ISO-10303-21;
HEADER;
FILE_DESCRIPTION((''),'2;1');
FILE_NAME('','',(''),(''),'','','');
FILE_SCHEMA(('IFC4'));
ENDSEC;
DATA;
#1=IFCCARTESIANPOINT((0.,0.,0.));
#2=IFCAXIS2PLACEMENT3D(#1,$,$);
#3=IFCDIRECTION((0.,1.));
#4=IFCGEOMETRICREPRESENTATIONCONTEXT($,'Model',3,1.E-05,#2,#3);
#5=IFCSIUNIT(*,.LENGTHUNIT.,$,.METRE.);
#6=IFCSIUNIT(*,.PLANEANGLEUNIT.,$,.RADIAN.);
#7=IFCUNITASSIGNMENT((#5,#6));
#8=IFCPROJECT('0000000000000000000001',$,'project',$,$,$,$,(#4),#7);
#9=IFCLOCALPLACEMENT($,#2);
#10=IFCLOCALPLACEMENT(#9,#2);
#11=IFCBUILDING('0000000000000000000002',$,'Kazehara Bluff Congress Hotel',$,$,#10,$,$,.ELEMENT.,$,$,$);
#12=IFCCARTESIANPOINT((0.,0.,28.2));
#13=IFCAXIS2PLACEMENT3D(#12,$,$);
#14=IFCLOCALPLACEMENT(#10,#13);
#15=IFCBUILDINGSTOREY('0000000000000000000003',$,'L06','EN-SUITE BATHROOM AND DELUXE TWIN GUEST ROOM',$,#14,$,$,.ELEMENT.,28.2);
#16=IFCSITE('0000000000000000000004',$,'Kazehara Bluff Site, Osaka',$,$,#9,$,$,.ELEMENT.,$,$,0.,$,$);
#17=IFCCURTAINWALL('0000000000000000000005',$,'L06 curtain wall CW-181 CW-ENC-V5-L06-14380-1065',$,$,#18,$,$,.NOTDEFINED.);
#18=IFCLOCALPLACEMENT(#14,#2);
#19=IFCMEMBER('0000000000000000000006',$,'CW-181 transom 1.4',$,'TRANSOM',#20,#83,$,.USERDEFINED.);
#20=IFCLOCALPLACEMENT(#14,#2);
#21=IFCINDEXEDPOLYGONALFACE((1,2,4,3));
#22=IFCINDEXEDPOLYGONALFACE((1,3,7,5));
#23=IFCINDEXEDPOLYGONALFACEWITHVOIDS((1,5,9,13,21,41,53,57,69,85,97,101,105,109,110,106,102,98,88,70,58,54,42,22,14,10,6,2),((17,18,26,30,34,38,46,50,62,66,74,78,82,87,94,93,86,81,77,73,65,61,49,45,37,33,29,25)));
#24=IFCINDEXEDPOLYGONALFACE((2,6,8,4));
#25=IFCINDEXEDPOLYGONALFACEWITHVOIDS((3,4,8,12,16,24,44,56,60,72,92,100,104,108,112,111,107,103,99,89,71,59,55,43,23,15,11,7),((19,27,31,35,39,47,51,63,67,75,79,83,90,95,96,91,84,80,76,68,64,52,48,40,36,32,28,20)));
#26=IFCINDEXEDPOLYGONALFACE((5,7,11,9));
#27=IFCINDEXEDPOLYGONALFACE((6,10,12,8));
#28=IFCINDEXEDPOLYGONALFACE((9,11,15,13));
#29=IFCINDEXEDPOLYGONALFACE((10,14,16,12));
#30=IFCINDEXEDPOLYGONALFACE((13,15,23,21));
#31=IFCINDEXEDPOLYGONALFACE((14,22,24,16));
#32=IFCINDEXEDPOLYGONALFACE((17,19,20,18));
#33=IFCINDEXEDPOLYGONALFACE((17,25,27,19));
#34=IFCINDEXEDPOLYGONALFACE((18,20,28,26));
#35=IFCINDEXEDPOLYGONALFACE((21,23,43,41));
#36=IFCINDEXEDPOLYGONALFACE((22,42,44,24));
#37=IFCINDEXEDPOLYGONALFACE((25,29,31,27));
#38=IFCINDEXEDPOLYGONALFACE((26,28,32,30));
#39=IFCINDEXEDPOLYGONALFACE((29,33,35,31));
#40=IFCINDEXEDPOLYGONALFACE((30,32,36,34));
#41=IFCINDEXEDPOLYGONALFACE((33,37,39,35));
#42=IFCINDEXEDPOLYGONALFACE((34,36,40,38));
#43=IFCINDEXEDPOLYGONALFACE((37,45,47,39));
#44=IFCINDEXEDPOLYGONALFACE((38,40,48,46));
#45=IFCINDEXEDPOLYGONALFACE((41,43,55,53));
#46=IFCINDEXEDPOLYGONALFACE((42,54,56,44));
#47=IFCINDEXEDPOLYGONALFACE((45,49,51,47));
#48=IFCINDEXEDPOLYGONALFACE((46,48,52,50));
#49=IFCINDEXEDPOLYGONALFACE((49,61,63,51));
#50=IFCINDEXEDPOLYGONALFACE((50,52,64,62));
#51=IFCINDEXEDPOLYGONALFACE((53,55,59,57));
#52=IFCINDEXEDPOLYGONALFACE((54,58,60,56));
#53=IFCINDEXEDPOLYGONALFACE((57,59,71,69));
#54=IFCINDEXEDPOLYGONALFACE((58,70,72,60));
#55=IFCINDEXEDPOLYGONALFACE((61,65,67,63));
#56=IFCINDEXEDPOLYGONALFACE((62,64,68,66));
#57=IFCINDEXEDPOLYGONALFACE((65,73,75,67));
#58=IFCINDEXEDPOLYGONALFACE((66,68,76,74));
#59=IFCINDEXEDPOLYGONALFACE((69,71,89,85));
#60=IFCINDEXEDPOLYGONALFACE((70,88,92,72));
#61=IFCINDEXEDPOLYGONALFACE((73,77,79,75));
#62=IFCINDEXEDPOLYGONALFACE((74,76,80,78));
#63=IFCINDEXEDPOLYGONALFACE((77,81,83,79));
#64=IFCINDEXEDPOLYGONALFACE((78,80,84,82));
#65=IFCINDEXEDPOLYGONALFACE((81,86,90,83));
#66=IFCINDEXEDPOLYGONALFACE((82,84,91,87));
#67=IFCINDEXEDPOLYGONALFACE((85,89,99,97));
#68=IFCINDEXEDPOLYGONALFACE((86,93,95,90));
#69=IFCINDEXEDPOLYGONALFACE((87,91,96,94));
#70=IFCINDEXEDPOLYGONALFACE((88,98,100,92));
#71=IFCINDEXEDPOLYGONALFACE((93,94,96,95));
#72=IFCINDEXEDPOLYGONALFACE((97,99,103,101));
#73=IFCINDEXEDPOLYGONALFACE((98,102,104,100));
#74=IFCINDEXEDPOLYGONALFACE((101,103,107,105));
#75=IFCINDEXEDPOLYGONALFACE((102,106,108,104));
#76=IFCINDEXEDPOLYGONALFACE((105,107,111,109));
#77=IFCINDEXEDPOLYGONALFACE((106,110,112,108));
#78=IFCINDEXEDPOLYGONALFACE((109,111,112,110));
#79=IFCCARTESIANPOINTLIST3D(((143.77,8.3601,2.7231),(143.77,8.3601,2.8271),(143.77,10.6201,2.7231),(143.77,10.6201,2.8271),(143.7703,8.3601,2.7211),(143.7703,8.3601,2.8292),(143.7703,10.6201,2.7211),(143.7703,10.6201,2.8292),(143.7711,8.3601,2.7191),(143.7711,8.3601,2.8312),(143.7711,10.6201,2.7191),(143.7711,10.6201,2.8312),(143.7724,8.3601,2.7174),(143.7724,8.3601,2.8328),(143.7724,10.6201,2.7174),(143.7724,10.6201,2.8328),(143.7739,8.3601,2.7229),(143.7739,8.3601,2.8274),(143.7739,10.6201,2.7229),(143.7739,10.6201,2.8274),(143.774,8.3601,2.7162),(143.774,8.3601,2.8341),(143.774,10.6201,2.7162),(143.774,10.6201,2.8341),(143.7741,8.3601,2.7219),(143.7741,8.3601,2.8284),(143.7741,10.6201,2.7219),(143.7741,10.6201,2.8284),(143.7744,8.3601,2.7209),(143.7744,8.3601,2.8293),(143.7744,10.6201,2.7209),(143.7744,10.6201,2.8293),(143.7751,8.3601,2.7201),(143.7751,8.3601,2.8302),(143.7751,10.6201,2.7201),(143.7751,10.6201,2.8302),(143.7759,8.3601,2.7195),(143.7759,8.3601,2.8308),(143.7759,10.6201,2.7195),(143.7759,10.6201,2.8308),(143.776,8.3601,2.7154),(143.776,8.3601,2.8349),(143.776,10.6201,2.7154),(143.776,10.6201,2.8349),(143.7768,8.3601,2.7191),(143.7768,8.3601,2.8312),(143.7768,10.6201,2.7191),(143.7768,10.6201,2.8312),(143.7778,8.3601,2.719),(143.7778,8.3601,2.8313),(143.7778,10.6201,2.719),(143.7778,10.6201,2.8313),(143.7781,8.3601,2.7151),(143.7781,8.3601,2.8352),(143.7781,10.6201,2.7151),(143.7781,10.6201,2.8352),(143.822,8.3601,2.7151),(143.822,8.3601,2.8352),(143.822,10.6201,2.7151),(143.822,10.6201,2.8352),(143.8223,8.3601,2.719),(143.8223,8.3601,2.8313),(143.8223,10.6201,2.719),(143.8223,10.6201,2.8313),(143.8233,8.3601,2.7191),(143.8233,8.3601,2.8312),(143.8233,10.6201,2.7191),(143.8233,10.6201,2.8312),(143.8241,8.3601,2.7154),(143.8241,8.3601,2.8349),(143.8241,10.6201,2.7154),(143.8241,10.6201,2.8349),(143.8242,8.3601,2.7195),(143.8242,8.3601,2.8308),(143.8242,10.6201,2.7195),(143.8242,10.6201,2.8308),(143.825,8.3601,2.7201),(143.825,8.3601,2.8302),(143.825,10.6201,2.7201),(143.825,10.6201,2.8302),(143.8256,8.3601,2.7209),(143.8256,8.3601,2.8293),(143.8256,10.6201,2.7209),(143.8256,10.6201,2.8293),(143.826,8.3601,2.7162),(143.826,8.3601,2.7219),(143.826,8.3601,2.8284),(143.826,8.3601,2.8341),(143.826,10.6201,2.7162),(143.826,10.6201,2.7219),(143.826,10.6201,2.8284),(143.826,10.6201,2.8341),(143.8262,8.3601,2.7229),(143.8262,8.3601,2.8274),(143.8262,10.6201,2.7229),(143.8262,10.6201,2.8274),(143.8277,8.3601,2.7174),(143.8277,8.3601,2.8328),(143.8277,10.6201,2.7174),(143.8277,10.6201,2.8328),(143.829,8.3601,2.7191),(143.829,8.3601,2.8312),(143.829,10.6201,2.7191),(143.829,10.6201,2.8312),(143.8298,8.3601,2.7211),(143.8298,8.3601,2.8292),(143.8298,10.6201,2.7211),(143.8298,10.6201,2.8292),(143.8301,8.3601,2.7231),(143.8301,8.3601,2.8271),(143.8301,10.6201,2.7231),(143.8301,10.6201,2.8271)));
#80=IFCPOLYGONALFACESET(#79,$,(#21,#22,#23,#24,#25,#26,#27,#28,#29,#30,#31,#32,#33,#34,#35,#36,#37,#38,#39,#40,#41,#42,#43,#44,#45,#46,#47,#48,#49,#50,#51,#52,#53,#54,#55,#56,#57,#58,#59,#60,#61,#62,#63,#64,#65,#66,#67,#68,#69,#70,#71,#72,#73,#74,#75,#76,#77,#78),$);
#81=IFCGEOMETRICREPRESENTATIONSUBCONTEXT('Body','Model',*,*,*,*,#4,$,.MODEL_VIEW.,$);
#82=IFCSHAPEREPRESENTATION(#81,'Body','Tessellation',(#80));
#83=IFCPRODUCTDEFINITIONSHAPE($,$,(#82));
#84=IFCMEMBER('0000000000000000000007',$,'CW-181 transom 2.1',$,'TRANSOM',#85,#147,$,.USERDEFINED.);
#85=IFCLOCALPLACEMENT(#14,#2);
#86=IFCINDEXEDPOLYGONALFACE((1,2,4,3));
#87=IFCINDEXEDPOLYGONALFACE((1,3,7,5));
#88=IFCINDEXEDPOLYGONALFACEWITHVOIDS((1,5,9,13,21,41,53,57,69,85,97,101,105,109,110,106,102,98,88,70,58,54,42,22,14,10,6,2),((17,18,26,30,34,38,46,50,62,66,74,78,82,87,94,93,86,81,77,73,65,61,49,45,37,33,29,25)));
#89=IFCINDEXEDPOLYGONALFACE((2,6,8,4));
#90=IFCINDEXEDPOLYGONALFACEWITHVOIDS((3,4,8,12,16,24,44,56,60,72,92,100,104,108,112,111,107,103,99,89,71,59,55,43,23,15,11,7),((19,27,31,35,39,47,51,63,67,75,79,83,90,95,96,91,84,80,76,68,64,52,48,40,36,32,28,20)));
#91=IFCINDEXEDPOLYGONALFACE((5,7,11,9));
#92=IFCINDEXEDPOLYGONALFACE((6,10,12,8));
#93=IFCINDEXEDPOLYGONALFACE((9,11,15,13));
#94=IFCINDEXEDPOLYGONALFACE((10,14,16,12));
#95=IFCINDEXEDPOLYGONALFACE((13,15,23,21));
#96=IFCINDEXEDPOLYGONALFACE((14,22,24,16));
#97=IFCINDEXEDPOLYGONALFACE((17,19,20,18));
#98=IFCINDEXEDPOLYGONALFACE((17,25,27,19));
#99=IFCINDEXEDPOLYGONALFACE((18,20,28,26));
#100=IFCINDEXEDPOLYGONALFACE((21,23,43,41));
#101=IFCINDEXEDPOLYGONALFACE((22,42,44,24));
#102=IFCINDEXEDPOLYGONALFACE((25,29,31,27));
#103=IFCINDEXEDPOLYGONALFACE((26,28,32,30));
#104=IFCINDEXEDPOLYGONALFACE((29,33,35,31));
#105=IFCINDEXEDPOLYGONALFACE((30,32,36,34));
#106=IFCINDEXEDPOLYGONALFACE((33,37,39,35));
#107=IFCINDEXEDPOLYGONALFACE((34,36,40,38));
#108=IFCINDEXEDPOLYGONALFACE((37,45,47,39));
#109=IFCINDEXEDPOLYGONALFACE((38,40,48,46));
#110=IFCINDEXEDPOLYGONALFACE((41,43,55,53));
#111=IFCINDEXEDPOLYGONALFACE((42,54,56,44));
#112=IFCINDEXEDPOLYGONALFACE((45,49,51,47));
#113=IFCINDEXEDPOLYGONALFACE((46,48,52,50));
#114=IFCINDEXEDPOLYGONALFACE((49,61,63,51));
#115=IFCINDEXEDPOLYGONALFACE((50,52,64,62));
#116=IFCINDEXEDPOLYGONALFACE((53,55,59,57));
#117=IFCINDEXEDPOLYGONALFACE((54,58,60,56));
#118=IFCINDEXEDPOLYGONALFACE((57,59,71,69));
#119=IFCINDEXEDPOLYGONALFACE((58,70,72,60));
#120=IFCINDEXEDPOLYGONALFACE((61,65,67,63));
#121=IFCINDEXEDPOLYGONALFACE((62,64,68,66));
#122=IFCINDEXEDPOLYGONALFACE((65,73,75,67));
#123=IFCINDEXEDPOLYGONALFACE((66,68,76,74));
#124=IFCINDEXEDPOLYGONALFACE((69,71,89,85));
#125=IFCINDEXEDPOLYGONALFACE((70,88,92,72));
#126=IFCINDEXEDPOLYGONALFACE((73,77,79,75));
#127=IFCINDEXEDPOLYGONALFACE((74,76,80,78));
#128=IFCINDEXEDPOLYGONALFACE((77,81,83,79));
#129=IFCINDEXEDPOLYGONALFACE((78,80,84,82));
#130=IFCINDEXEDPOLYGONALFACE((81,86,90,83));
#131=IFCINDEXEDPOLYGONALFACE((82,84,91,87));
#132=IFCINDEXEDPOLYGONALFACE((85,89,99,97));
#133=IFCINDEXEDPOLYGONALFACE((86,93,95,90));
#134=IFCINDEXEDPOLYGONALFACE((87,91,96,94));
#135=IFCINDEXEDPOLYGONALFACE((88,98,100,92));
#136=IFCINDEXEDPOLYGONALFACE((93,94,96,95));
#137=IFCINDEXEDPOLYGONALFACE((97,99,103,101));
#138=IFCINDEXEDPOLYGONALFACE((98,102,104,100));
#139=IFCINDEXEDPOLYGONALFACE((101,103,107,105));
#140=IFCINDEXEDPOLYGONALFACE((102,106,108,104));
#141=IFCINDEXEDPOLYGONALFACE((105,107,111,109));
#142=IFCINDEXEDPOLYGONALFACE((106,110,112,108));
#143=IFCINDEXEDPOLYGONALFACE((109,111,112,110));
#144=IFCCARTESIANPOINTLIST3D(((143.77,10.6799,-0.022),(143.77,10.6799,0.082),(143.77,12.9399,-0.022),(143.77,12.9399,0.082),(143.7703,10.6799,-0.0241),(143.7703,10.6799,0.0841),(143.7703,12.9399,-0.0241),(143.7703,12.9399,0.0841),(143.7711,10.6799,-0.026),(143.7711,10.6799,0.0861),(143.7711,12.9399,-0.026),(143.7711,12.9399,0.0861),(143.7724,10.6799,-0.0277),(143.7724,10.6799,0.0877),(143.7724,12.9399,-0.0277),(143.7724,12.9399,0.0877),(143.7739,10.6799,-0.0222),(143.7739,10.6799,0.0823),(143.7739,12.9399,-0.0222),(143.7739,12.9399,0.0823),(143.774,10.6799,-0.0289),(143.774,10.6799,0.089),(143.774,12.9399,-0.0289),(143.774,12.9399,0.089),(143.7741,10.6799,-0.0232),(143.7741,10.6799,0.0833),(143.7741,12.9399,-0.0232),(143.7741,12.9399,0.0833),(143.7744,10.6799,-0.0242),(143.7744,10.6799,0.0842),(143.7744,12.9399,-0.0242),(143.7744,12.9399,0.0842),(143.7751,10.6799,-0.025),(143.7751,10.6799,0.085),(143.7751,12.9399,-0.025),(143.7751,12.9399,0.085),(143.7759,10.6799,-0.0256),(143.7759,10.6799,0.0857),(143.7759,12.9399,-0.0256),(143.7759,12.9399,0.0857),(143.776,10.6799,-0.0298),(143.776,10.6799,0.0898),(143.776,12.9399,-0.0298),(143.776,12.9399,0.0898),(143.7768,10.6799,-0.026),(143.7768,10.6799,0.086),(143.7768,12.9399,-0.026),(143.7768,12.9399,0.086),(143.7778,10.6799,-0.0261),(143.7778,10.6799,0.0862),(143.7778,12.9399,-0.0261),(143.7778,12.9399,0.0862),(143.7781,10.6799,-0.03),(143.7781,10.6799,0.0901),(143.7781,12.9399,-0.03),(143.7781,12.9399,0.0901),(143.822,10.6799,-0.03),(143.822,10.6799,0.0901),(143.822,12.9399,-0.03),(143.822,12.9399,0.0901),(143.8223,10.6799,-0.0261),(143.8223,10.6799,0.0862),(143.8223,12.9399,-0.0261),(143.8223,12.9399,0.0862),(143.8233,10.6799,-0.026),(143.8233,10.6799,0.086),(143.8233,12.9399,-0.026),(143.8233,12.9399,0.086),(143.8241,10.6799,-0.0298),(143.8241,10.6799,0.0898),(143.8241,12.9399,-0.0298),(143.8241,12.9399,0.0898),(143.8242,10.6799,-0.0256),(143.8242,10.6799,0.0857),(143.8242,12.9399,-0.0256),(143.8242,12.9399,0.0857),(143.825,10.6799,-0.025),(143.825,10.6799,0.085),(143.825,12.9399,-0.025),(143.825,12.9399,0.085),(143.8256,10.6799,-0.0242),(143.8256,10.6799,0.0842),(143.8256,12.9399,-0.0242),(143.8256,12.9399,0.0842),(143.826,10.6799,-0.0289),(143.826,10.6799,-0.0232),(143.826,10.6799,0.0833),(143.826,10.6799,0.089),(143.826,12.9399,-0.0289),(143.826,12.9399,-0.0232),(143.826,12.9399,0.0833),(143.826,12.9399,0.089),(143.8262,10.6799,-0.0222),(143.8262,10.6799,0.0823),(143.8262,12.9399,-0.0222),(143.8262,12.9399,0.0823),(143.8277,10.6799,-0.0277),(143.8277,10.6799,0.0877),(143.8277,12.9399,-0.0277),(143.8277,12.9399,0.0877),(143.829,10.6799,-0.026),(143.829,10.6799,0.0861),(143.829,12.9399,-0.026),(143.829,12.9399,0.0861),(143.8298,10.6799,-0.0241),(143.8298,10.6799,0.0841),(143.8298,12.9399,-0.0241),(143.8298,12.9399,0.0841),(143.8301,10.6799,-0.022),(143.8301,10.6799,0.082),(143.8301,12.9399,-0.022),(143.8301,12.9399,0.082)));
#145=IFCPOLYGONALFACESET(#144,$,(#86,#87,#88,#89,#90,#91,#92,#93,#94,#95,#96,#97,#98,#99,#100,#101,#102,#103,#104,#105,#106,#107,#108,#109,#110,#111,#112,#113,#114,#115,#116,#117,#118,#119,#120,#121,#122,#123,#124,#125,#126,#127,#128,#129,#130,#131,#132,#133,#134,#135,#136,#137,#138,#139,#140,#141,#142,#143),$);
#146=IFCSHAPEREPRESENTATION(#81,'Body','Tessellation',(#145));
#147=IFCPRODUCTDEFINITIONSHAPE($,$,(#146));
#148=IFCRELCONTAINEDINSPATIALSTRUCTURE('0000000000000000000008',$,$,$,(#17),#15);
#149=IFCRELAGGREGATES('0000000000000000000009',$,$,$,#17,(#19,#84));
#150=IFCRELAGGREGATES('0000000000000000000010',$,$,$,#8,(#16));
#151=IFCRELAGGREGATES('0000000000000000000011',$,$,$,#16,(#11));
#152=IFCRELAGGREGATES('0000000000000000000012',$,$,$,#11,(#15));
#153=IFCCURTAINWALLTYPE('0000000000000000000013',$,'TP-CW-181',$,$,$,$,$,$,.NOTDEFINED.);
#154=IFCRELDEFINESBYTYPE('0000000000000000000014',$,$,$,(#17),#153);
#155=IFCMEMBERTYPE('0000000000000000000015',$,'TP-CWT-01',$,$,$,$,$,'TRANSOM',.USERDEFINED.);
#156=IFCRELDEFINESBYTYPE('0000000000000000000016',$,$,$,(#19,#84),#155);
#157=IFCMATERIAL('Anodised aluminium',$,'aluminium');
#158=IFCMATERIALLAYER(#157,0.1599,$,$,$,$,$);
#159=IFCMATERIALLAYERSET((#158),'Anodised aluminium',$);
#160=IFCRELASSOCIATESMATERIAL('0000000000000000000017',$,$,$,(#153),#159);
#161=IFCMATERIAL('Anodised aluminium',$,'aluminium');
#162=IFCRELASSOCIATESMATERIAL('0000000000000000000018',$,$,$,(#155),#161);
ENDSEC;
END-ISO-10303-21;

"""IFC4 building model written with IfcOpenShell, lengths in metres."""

from ifc_helpers import new_model, si_unit, direction, frame, origin, origin_2d, place, context, subcontext, project, spatial, hollow_rectangle, extrude, material, layer, layer_set, material_profile, profile_set, type_object, element, aggregate, save


model = new_model("IFC4")

# Units and contexts
model_context = context("Model", 3, precision=1e-05, world=origin(), true_north=direction((0.0, 1.0)))
body_context = subcontext(model_context, "Body", "Model", "MODEL_VIEW")
ifc_project = project(units=[si_unit("LENGTHUNIT", "METRE"), si_unit("PLANEANGLEUNIT", "RADIAN")], contexts=[model_context])

# Site, building, storey
site_placement = place(None, origin())
site = spatial("IfcSite", under=ifc_project, at=site_placement, Name="Kazehara Bluff Site, Osaka", CompositionType="ELEMENT", RefElevation=0.0)
building_placement = place(site_placement, origin())
building = spatial("IfcBuilding", under=site, at=building_placement, Name="Kazehara Bluff Congress Hotel", CompositionType="ELEMENT")
storey_placement = place(building_placement, frame((0.0, 0.0, 28.2)))
storey = spatial("IfcBuildingStorey", under=building, at=storey_placement, Name="L06", Description="EN-SUITE BATHROOM AND DELUXE TWIN GUEST ROOM", CompositionType="ELEMENT", Elevation=28.2)

# Curtain wall
ifc_material_1 = material(Name="Anodised aluminium", Category="aluminium")
ifc_layer_1 = layer(ifc_material_1, 0.1599)
ifc_layer_set_1 = layer_set([ifc_layer_1], Name="Anodised aluminium")
curtain_wall_type_1 = type_object("IfcCurtainWallType", Name="TP-CW-181", PredefinedType="NOTDEFINED", material=ifc_layer_set_1)
curtain_wall_1_placement = place(storey_placement, origin())
curtain_wall_1 = element("IfcCurtainWall", 1, at=curtain_wall_1_placement, inside=storey, type_object=curtain_wall_type_1, Name="L06 curtain wall CW-181 CW-ENC-V5-L06-14380-1065", PredefinedType="NOTDEFINED")

# Members
ifc_material_2 = material(Name="Anodised aluminium", Category="aluminium")
ifc_material_profile_1 = material_profile(ifc_material_2, hollow_rectangle(XDim=0.0601, YDim=0.1201, WallThickness=0.0039, InnerFilletRadius=0.0039, OuterFilletRadius=0.0081, at=origin_2d()))
ifc_profile_set_1 = profile_set([ifc_material_profile_1], Name="Anodised aluminium")
member_type_1 = type_object("IfcMemberType", Name="TP-CWT-01", ElementType="TRANSOM", PredefinedType="USERDEFINED", material=ifc_profile_set_1)
member_1_placement = place(storey_placement, frame((143.8, 8.3601, 2.7751), z_axis=(0.0, 1.0, 0.0), x_axis=(-1.0, 0.0, 0.0)))
member_1 = element("IfcMember", 2, at=member_1_placement, type_object=member_type_1, Name="CW-181 transom 1.4", ObjectType="TRANSOM", PredefinedType="USERDEFINED", context=body_context, shape_type="SweptSolid", body=[
    extrude(hollow_rectangle(XDim=0.0601, YDim=0.1201, WallThickness=0.0039, InnerFilletRadius=0.0039, OuterFilletRadius=0.0081, at=origin_2d()), origin(), (0.0, 0.0, 1.0), 2.26),
])
member_2_placement = place(storey_placement, frame((143.8, 10.6799, 0.03), z_axis=(0.0, 1.0, 0.0), x_axis=(-1.0, 0.0, 0.0)))
member_2 = element("IfcMember", 3, at=member_2_placement, type_object=member_type_1, Name="CW-181 transom 2.1", ObjectType="TRANSOM", PredefinedType="USERDEFINED", context=body_context, shape_type="SweptSolid", body=[
    extrude(hollow_rectangle(XDim=0.0601, YDim=0.1201, WallThickness=0.0039, InnerFilletRadius=0.0039, OuterFilletRadius=0.0081, at=origin_2d()), origin(), (0.0, 0.0, 1.0), 2.26),
])

aggregate(curtain_wall_1, [member_1, member_2])

save(model, "model.ifc")
